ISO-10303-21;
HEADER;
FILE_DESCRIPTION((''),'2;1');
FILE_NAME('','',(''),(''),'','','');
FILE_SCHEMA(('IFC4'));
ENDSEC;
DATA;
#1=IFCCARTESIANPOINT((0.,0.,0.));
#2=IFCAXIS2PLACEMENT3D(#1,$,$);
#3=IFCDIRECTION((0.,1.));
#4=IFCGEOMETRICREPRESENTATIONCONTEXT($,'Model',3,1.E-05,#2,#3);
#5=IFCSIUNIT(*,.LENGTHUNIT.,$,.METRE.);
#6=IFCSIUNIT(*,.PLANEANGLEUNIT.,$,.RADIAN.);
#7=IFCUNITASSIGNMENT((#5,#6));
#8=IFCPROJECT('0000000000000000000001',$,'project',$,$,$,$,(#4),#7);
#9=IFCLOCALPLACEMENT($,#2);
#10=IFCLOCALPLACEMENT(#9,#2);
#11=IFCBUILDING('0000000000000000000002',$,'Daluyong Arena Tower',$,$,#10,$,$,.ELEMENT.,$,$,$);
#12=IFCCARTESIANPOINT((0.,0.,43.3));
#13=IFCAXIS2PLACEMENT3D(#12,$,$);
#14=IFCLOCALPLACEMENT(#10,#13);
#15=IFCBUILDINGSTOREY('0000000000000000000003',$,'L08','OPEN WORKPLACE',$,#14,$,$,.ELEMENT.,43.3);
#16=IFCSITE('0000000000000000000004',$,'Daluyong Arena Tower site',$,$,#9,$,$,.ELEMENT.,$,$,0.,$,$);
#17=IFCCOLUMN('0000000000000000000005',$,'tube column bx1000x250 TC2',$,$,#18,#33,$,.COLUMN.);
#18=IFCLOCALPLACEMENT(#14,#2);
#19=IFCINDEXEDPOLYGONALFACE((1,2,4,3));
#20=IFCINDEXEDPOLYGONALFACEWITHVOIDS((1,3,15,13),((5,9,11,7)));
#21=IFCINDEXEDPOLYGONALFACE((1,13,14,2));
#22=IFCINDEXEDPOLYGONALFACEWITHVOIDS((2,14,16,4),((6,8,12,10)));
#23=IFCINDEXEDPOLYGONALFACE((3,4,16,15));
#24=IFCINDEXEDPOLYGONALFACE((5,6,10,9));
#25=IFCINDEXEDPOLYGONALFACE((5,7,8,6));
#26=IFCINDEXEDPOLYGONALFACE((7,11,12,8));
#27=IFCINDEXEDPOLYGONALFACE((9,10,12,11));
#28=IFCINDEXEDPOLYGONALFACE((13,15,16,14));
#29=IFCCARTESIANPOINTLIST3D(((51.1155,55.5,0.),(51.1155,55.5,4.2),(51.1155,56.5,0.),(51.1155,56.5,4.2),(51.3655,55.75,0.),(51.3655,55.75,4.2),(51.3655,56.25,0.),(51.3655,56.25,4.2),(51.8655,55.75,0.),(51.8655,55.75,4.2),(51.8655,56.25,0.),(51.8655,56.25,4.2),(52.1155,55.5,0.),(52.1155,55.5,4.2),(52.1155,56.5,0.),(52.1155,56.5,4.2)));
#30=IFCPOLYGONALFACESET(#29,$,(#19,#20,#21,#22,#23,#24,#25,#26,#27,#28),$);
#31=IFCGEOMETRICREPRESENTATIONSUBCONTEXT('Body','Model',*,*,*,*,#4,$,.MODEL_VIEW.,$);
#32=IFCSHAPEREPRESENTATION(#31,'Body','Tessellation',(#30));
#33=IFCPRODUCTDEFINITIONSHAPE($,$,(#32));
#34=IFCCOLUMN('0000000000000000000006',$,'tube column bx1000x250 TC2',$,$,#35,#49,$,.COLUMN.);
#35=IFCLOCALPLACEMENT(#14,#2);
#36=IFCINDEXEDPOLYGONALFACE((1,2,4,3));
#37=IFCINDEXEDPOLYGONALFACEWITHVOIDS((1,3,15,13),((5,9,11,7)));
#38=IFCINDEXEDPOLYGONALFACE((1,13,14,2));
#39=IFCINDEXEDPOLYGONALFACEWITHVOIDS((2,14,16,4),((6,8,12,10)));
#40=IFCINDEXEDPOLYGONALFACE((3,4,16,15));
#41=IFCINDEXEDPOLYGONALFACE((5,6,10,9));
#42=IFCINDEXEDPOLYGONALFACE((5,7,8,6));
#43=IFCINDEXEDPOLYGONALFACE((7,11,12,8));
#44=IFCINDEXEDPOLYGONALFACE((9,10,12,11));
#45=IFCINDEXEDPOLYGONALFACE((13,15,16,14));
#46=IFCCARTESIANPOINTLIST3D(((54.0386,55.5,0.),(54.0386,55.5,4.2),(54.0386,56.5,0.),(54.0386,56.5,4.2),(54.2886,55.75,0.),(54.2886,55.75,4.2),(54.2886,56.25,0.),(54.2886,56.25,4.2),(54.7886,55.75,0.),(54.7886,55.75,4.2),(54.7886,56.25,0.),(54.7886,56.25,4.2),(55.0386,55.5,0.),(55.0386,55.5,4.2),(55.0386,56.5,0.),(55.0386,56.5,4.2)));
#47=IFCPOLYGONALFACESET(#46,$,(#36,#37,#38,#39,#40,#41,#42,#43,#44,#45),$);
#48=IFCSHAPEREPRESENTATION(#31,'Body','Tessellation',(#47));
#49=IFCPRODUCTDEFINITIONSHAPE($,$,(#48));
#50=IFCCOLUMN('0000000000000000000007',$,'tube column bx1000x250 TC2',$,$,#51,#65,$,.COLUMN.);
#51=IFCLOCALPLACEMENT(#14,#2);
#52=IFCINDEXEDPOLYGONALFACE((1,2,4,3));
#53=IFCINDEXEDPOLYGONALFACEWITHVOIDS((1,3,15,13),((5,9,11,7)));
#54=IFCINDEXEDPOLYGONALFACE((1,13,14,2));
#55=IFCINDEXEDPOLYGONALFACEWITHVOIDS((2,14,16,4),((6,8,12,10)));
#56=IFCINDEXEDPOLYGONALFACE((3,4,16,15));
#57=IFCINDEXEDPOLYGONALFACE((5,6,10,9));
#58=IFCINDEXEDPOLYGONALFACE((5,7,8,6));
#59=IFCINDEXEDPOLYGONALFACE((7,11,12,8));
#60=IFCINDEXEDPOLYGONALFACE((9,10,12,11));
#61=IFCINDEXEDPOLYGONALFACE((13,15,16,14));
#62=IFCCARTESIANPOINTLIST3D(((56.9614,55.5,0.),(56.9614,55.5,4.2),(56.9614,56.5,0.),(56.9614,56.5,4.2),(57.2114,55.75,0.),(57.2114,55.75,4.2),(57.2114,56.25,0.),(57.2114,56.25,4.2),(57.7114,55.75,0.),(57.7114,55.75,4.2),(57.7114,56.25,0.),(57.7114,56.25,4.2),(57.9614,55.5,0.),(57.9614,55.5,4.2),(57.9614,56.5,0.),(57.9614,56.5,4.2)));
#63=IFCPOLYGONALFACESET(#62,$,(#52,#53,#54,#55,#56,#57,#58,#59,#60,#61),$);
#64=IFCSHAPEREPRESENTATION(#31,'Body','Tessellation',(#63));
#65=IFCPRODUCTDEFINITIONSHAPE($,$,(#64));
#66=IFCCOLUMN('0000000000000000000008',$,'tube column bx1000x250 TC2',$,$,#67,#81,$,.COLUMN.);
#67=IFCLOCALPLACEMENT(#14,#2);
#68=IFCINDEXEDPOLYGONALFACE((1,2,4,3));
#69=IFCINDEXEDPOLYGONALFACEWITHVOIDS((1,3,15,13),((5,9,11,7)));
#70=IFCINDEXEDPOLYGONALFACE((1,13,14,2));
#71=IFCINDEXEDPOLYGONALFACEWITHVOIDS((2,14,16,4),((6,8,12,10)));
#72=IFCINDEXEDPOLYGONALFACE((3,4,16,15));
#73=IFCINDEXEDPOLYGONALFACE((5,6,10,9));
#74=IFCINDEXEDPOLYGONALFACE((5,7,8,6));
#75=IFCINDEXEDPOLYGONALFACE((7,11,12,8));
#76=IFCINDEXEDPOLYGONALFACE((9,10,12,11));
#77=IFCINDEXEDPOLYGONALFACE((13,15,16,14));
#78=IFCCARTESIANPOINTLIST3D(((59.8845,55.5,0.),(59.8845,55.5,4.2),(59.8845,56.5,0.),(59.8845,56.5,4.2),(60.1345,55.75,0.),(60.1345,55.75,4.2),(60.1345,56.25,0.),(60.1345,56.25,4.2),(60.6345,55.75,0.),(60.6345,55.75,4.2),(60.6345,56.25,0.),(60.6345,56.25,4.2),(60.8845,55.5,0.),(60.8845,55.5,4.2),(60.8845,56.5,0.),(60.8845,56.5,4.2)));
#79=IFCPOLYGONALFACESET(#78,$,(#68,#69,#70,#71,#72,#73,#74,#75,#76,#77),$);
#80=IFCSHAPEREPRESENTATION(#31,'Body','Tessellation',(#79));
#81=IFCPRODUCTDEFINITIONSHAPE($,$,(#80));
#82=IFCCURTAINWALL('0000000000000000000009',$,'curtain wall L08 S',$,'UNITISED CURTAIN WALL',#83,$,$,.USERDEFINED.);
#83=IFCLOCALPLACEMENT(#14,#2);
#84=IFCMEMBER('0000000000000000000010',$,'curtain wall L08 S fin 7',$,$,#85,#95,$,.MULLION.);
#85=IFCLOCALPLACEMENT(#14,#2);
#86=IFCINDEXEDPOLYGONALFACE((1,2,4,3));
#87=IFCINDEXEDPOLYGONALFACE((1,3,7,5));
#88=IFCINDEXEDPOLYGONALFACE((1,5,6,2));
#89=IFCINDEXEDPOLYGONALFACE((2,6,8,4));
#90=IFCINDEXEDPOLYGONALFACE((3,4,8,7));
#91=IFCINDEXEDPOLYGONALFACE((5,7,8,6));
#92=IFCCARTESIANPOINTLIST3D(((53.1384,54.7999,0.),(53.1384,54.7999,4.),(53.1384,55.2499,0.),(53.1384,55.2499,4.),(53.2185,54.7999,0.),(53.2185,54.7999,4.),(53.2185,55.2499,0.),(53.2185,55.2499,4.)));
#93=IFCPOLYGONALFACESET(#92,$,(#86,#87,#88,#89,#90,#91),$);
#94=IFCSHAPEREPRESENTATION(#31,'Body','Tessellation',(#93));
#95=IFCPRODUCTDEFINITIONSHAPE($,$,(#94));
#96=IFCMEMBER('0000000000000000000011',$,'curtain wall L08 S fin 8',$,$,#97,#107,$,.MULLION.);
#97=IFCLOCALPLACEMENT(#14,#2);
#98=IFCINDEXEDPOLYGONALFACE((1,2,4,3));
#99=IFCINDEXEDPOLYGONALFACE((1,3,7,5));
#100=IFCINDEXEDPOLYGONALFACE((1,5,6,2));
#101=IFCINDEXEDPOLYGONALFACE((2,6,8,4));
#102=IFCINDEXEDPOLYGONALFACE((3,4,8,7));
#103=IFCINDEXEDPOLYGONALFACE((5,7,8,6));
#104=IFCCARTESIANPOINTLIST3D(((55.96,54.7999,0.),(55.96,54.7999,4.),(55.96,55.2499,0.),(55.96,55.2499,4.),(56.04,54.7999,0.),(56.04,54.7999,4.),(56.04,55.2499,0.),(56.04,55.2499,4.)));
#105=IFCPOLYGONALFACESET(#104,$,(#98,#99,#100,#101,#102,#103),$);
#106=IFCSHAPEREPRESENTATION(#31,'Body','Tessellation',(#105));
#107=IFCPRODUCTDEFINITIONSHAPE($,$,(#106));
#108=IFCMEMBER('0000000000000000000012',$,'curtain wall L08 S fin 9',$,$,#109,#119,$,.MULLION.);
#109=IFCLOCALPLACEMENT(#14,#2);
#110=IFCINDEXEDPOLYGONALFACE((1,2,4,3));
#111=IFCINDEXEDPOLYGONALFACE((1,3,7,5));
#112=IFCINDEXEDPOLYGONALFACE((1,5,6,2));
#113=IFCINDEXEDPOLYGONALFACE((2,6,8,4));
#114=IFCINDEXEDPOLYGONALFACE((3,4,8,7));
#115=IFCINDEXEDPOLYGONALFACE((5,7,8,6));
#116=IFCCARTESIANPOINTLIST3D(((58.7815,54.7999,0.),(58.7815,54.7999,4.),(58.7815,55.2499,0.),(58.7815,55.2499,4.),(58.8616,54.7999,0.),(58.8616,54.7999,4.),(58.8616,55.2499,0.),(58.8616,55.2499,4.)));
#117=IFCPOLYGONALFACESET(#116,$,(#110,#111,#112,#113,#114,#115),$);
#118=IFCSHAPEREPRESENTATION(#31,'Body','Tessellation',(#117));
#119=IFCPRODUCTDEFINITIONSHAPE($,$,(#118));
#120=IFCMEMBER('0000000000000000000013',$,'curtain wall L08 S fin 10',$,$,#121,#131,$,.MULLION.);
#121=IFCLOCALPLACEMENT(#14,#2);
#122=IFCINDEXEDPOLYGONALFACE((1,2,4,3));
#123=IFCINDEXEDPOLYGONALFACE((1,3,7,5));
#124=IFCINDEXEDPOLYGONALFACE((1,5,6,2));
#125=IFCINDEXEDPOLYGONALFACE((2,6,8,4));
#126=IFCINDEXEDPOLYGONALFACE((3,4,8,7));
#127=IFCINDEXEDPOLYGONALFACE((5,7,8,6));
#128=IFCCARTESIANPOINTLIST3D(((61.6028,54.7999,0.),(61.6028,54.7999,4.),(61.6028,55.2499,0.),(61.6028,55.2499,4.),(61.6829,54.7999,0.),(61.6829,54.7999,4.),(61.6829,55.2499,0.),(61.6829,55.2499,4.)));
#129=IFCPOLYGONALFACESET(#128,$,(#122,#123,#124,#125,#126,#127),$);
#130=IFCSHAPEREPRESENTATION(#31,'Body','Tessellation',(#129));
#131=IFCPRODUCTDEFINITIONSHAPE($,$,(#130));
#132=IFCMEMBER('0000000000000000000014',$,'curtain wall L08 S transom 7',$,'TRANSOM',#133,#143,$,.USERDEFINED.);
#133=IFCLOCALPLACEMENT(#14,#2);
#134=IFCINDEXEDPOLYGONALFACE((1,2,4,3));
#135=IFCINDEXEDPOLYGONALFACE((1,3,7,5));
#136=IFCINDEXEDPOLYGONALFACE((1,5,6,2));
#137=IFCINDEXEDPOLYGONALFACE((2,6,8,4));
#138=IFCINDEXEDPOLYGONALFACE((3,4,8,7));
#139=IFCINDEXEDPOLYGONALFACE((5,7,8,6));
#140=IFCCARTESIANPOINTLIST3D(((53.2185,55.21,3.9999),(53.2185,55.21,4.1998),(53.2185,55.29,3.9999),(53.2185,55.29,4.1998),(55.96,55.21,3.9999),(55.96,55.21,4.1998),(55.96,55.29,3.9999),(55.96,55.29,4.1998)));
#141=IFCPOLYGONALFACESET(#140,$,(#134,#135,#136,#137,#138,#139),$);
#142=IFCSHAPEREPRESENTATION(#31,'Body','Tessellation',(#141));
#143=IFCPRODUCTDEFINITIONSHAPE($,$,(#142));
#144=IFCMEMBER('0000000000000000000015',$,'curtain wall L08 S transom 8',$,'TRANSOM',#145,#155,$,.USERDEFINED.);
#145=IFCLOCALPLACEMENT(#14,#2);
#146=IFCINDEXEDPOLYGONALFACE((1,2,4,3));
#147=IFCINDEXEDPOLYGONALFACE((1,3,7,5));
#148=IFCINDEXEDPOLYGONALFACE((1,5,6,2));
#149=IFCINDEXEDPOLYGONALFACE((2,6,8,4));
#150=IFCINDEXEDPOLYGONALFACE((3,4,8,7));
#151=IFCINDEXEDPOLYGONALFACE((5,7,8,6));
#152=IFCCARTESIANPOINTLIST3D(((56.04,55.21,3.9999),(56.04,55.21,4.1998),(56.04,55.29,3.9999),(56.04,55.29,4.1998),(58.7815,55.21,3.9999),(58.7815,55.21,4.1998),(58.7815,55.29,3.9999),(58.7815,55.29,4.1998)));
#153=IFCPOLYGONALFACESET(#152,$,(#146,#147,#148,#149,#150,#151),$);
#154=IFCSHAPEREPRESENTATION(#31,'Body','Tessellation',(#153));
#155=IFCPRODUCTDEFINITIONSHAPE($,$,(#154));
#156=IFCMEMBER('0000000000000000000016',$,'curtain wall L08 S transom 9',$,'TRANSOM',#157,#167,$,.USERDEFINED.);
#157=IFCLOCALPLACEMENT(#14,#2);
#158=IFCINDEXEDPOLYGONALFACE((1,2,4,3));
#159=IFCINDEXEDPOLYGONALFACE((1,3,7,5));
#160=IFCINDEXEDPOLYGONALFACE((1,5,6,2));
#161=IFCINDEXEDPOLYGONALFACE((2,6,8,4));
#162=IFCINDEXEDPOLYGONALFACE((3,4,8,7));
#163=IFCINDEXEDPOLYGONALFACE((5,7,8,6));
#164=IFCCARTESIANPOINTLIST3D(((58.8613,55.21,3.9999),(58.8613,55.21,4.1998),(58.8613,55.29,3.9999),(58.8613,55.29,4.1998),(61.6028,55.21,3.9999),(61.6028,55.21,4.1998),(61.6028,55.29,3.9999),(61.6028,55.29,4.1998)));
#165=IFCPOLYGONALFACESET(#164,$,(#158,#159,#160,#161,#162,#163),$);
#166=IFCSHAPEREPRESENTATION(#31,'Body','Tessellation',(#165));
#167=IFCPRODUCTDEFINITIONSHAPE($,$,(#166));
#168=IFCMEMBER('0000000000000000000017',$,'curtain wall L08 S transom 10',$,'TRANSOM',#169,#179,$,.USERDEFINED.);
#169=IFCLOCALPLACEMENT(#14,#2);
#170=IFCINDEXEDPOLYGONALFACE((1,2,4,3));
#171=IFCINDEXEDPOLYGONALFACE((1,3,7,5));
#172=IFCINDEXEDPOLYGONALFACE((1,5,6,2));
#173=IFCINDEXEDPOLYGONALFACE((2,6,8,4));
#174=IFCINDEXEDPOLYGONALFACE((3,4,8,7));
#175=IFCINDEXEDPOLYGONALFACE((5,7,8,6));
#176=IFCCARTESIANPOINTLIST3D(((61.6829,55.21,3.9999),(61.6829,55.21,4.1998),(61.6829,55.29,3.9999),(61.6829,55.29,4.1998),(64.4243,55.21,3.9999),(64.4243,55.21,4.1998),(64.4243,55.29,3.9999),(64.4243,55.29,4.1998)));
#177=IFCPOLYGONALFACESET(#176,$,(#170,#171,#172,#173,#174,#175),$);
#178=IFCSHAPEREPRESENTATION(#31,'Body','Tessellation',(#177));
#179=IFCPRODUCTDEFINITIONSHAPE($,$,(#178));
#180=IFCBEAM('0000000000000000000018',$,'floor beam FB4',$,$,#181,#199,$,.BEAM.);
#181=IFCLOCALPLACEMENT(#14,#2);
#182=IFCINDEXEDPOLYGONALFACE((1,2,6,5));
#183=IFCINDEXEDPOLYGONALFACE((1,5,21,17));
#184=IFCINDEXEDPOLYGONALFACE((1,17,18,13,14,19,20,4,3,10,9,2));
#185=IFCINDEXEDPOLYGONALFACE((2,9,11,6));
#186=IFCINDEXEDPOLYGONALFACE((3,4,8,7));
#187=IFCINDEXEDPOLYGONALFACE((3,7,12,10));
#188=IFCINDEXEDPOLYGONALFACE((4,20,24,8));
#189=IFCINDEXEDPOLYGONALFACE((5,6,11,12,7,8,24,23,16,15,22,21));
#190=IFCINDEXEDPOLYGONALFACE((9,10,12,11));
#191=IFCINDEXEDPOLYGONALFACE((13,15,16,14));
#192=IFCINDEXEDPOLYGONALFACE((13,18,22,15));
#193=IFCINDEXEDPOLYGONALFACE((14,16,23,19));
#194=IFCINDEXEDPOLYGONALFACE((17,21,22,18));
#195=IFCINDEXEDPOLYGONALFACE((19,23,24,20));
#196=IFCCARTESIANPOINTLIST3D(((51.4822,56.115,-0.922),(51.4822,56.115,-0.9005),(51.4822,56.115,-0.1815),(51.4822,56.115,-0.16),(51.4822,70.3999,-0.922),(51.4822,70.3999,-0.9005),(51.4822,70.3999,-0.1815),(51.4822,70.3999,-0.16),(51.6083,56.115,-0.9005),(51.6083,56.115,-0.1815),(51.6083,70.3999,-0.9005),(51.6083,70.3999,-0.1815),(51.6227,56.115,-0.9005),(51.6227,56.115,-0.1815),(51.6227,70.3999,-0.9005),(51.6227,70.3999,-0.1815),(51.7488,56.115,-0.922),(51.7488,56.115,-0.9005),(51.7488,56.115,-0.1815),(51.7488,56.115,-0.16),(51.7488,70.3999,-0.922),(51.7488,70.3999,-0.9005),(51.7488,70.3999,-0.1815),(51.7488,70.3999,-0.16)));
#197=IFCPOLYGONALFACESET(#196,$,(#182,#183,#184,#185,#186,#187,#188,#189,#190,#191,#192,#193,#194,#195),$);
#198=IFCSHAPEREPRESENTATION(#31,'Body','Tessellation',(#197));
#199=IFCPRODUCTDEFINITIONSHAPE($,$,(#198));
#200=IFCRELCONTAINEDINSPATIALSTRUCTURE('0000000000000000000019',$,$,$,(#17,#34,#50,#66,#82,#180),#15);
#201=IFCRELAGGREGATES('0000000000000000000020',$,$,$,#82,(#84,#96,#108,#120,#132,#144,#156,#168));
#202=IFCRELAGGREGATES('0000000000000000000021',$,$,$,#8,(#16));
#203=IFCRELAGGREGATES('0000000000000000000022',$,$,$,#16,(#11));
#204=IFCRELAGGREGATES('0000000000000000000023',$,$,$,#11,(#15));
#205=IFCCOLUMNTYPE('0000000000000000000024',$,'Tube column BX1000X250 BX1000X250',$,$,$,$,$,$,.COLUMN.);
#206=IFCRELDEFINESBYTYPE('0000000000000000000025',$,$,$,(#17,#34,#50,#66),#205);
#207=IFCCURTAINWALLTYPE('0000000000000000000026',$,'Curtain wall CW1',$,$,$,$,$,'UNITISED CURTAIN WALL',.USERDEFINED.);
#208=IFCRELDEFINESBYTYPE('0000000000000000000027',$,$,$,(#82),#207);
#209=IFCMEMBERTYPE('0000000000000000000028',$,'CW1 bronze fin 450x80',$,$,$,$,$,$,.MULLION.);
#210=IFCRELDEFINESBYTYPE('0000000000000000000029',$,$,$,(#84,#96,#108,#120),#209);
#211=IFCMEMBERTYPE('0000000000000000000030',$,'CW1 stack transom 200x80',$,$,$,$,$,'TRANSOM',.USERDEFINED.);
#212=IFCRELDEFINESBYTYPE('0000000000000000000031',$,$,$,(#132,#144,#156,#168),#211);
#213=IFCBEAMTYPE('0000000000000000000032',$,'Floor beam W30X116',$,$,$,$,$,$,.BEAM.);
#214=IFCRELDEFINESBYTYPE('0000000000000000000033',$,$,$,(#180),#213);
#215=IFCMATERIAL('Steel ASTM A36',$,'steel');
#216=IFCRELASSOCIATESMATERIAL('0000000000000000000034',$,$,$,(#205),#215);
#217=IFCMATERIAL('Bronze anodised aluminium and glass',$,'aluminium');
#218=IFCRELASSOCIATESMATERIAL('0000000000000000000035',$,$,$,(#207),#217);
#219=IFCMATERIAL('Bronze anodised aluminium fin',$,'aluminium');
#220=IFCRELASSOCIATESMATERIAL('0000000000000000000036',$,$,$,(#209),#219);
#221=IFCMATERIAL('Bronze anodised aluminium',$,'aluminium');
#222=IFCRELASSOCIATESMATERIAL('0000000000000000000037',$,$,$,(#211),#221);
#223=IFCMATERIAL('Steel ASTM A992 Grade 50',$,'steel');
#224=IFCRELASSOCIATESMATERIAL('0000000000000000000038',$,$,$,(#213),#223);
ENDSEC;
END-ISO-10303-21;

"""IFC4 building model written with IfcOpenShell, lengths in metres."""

from ifc_helpers import new_model, si_unit, direction, frame, origin, origin_2d, place, context, subcontext, project, spatial, rectangle, hollow_rectangle, i_section, extrude, material, material_profile, profile_set, type_object, element, aggregate, save


model = new_model("IFC4")

# Units and contexts
model_context = context("Model", 3, precision=1e-05, world=origin(), true_north=direction((0.0, 1.0)))
body_context = subcontext(model_context, "Body", "Model", "MODEL_VIEW")
ifc_project = project(units=[si_unit("LENGTHUNIT", "METRE"), si_unit("PLANEANGLEUNIT", "RADIAN")], contexts=[model_context])

# Site, building, storey
site_placement = place(None, origin())
site = spatial("IfcSite", under=ifc_project, at=site_placement, Name="Daluyong Arena Tower site", CompositionType="ELEMENT", RefElevation=0.0)
building_placement = place(site_placement, origin())
building = spatial("IfcBuilding", under=site, at=building_placement, Name="Daluyong Arena Tower", CompositionType="ELEMENT")
storey_placement = place(building_placement, frame((0.0, 0.0, 43.3)))
storey = spatial("IfcBuildingStorey", under=building, at=storey_placement, Name="L08", Description="OPEN WORKPLACE", CompositionType="ELEMENT", Elevation=43.3)

# Columns
ifc_material_1 = material(Name="Steel ASTM A36", Category="steel")
ifc_material_profile_1 = material_profile(ifc_material_1, hollow_rectangle(XDim=1.0, YDim=1.0, WallThickness=0.25, at=origin_2d()))
ifc_profile_set_1 = profile_set([ifc_material_profile_1], Name="Steel ASTM A36")
column_type = type_object("IfcColumnType", Name="Tube column BX1000X250 BX1000X250", PredefinedType="COLUMN", material=ifc_profile_set_1)
for number, where, z_axis, x_axis, name in (
    (1, (51.6155, 56.0, 0.0), (0.0, 0.0, 1.0), (1.0, 0.0, 0.0), "tube column bx1000x250 TC2"),
    (2, (54.5386, 56.0, 0.0), (0.0, 0.0, 1.0), (1.0, 0.0, 0.0), "tube column bx1000x250 TC2"),
    (3, (57.4614, 56.0, 0.0), (0.0, 0.0, 1.0), (1.0, 0.0, 0.0), "tube column bx1000x250 TC2"),
    (4, (60.3845, 56.0, 0.0), (0.0, 0.0, 1.0), (1.0, 0.0, 0.0), "tube column bx1000x250 TC2"),
):
    element("IfcColumn", number, at=place(storey_placement, frame(where, z_axis=z_axis, x_axis=x_axis)), inside=storey, type_object=column_type, Name=name, PredefinedType="COLUMN", context=body_context, shape_type="SweptSolid", body=[
        extrude(hollow_rectangle(XDim=1.0, YDim=1.0, WallThickness=0.25, at=origin_2d()), origin(), (0.0, 0.0, 1.0), 4.2),
    ])

# Curtain wall, members
ifc_material_2 = material(Name="Bronze anodised aluminium and glass", Category="aluminium")
curtain_wall_type = type_object("IfcCurtainWallType", Name="Curtain wall CW1", ElementType="UNITISED CURTAIN WALL", PredefinedType="USERDEFINED", material=ifc_material_2)
curtain_wall_placement = place(storey_placement, origin())
curtain_wall = element("IfcCurtainWall", 5, at=curtain_wall_placement, inside=storey, type_object=curtain_wall_type, Name="curtain wall L08 S", ObjectType="UNITISED CURTAIN WALL", PredefinedType="USERDEFINED")
ifc_material_3 = material(Name="Bronze anodised aluminium fin", Category="aluminium")
ifc_material_profile_2 = material_profile(ifc_material_3, rectangle(XDim=0.45, YDim=0.0801, at=origin_2d()))
ifc_profile_set_2 = profile_set([ifc_material_profile_2], Name="Bronze anodised aluminium fin")
member_type_1 = type_object("IfcMemberType", Name="CW1 bronze fin 450x80", PredefinedType="MULLION", material=ifc_profile_set_2)
member_1_placement = place(storey_placement, frame((53.1785, 55.0249, 0.0), z_axis=(0.0, 0.0, 1.0), x_axis=(0.0, 1.0, 0.0)))
member_1 = element("IfcMember", 6, at=member_1_placement, type_object=member_type_1, Name="curtain wall L08 S fin 7", PredefinedType="MULLION", context=body_context, shape_type="SweptSolid", body=[
    extrude(rectangle(XDim=0.45, YDim=0.0801, at=origin_2d()), origin(), (0.0, 0.0, 1.0), 4.0),
])
member_2_placement = place(storey_placement, frame((56.0, 55.0249, 0.0), z_axis=(0.0, 0.0, 1.0), x_axis=(0.0, 1.0, 0.0)))
member_2 = element("IfcMember", 7, at=member_2_placement, type_object=member_type_1, Name="curtain wall L08 S fin 8", PredefinedType="MULLION", context=body_context, shape_type="SweptSolid", body=[
    extrude(rectangle(XDim=0.45, YDim=0.0801, at=origin_2d()), origin(), (0.0, 0.0, 1.0), 4.0),
])
member_3_placement = place(storey_placement, frame((58.8215, 55.0249, 0.0), z_axis=(0.0, 0.0, 1.0), x_axis=(0.0, 1.0, 0.0)))
member_3 = element("IfcMember", 8, at=member_3_placement, type_object=member_type_1, Name="curtain wall L08 S fin 9", PredefinedType="MULLION", context=body_context, shape_type="SweptSolid", body=[
    extrude(rectangle(XDim=0.45, YDim=0.0801, at=origin_2d()), origin(), (0.0, 0.0, 1.0), 4.0),
])
member_4_placement = place(storey_placement, frame((61.6428, 55.0249, 0.0), z_axis=(0.0, 0.0, 1.0), x_axis=(0.0, 1.0, 0.0)))
member_4 = element("IfcMember", 9, at=member_4_placement, type_object=member_type_1, Name="curtain wall L08 S fin 10", PredefinedType="MULLION", context=body_context, shape_type="SweptSolid", body=[
    extrude(rectangle(XDim=0.45, YDim=0.0801, at=origin_2d()), origin(), (0.0, 0.0, 1.0), 4.0),
])
ifc_material_4 = material(Name="Bronze anodised aluminium", Category="aluminium")
ifc_material_profile_3 = material_profile(ifc_material_4, rectangle(XDim=0.0801, YDim=0.2, at=origin_2d()))
ifc_profile_set_3 = profile_set([ifc_material_profile_3], Name="Bronze anodised aluminium")
member_type_2 = type_object("IfcMemberType", Name="CW1 stack transom 200x80", ElementType="TRANSOM", PredefinedType="USERDEFINED", material=ifc_profile_set_3)
member_5_placement = place(storey_placement, frame((53.2185, 55.25, 4.0999), z_axis=(1.0, 0.0, 0.0), x_axis=(0.0, 1.0, 0.0)))
member_5 = element("IfcMember", 10, at=member_5_placement, type_object=member_type_2, Name="curtain wall L08 S transom 7", ObjectType="TRANSOM", PredefinedType="USERDEFINED", context=body_context, shape_type="SweptSolid", body=[
    extrude(rectangle(XDim=0.0801, YDim=0.2, at=origin_2d()), origin(), (0.0, 0.0, 1.0), 2.7415),
])
member_6_placement = place(storey_placement, frame((56.04, 55.25, 4.0999), z_axis=(1.0, 0.0, 0.0), x_axis=(0.0, 1.0, 0.0)))
member_6 = element("IfcMember", 11, at=member_6_placement, type_object=member_type_2, Name="curtain wall L08 S transom 8", ObjectType="TRANSOM", PredefinedType="USERDEFINED", context=body_context, shape_type="SweptSolid", body=[
    extrude(rectangle(XDim=0.0801, YDim=0.2, at=origin_2d()), origin(), (0.0, 0.0, 1.0), 2.7415),
])
member_7_placement = place(storey_placement, frame((58.8613, 55.25, 4.0999), z_axis=(1.0, 0.0, 0.0), x_axis=(0.0, 1.0, 0.0)))
member_7 = element("IfcMember", 12, at=member_7_placement, type_object=member_type_2, Name="curtain wall L08 S transom 9", ObjectType="TRANSOM", PredefinedType="USERDEFINED", context=body_context, shape_type="SweptSolid", body=[
    extrude(rectangle(XDim=0.0801, YDim=0.2, at=origin_2d()), origin(), (0.0, 0.0, 1.0), 2.7415),
])
member_8_placement = place(storey_placement, frame((61.6829, 55.25, 4.0999), z_axis=(1.0, 0.0, 0.0), x_axis=(0.0, 1.0, 0.0)))
member_8 = element("IfcMember", 13, at=member_8_placement, type_object=member_type_2, Name="curtain wall L08 S transom 10", ObjectType="TRANSOM", PredefinedType="USERDEFINED", context=body_context, shape_type="SweptSolid", body=[
    extrude(rectangle(XDim=0.0801, YDim=0.2, at=origin_2d()), origin(), (0.0, 0.0, 1.0), 2.7415),
])

# Beam
ifc_material_5 = material(Name="Steel ASTM A992 Grade 50", Category="steel")
ifc_material_profile_4 = material_profile(ifc_material_5, i_section(OverallWidth=0.2666, OverallDepth=0.762, WebThickness=0.0144, FlangeThickness=0.0215, at=origin_2d()))
ifc_profile_set_4 = profile_set([ifc_material_profile_4], Name="Steel ASTM A992 Grade 50")
beam_type_1 = type_object("IfcBeamType", Name="Floor beam W30X116", PredefinedType="BEAM", material=ifc_profile_set_4)
for number, where, z_axis, x_axis, name in (
    (14, (51.6155, 56.115, -0.541), (0.0, 1.0, 0.0), (-1.0, 0.0, 0.0), "floor beam FB4"),
):
    element("IfcBeam", number, at=place(storey_placement, frame(where, z_axis=z_axis, x_axis=x_axis)), inside=storey, type_object=beam_type_1, Name=name, PredefinedType="BEAM", context=body_context, shape_type="SweptSolid", body=[
        extrude(i_section(OverallWidth=0.2666, OverallDepth=0.762, WebThickness=0.0144, FlangeThickness=0.0215, at=origin_2d()), origin(), (0.0, 0.0, 1.0), 14.2849),
    ])

aggregate(curtain_wall, [member_1, member_2, member_3, member_4, member_5, member_6, member_7, member_8])

save(model, "model.ifc")
